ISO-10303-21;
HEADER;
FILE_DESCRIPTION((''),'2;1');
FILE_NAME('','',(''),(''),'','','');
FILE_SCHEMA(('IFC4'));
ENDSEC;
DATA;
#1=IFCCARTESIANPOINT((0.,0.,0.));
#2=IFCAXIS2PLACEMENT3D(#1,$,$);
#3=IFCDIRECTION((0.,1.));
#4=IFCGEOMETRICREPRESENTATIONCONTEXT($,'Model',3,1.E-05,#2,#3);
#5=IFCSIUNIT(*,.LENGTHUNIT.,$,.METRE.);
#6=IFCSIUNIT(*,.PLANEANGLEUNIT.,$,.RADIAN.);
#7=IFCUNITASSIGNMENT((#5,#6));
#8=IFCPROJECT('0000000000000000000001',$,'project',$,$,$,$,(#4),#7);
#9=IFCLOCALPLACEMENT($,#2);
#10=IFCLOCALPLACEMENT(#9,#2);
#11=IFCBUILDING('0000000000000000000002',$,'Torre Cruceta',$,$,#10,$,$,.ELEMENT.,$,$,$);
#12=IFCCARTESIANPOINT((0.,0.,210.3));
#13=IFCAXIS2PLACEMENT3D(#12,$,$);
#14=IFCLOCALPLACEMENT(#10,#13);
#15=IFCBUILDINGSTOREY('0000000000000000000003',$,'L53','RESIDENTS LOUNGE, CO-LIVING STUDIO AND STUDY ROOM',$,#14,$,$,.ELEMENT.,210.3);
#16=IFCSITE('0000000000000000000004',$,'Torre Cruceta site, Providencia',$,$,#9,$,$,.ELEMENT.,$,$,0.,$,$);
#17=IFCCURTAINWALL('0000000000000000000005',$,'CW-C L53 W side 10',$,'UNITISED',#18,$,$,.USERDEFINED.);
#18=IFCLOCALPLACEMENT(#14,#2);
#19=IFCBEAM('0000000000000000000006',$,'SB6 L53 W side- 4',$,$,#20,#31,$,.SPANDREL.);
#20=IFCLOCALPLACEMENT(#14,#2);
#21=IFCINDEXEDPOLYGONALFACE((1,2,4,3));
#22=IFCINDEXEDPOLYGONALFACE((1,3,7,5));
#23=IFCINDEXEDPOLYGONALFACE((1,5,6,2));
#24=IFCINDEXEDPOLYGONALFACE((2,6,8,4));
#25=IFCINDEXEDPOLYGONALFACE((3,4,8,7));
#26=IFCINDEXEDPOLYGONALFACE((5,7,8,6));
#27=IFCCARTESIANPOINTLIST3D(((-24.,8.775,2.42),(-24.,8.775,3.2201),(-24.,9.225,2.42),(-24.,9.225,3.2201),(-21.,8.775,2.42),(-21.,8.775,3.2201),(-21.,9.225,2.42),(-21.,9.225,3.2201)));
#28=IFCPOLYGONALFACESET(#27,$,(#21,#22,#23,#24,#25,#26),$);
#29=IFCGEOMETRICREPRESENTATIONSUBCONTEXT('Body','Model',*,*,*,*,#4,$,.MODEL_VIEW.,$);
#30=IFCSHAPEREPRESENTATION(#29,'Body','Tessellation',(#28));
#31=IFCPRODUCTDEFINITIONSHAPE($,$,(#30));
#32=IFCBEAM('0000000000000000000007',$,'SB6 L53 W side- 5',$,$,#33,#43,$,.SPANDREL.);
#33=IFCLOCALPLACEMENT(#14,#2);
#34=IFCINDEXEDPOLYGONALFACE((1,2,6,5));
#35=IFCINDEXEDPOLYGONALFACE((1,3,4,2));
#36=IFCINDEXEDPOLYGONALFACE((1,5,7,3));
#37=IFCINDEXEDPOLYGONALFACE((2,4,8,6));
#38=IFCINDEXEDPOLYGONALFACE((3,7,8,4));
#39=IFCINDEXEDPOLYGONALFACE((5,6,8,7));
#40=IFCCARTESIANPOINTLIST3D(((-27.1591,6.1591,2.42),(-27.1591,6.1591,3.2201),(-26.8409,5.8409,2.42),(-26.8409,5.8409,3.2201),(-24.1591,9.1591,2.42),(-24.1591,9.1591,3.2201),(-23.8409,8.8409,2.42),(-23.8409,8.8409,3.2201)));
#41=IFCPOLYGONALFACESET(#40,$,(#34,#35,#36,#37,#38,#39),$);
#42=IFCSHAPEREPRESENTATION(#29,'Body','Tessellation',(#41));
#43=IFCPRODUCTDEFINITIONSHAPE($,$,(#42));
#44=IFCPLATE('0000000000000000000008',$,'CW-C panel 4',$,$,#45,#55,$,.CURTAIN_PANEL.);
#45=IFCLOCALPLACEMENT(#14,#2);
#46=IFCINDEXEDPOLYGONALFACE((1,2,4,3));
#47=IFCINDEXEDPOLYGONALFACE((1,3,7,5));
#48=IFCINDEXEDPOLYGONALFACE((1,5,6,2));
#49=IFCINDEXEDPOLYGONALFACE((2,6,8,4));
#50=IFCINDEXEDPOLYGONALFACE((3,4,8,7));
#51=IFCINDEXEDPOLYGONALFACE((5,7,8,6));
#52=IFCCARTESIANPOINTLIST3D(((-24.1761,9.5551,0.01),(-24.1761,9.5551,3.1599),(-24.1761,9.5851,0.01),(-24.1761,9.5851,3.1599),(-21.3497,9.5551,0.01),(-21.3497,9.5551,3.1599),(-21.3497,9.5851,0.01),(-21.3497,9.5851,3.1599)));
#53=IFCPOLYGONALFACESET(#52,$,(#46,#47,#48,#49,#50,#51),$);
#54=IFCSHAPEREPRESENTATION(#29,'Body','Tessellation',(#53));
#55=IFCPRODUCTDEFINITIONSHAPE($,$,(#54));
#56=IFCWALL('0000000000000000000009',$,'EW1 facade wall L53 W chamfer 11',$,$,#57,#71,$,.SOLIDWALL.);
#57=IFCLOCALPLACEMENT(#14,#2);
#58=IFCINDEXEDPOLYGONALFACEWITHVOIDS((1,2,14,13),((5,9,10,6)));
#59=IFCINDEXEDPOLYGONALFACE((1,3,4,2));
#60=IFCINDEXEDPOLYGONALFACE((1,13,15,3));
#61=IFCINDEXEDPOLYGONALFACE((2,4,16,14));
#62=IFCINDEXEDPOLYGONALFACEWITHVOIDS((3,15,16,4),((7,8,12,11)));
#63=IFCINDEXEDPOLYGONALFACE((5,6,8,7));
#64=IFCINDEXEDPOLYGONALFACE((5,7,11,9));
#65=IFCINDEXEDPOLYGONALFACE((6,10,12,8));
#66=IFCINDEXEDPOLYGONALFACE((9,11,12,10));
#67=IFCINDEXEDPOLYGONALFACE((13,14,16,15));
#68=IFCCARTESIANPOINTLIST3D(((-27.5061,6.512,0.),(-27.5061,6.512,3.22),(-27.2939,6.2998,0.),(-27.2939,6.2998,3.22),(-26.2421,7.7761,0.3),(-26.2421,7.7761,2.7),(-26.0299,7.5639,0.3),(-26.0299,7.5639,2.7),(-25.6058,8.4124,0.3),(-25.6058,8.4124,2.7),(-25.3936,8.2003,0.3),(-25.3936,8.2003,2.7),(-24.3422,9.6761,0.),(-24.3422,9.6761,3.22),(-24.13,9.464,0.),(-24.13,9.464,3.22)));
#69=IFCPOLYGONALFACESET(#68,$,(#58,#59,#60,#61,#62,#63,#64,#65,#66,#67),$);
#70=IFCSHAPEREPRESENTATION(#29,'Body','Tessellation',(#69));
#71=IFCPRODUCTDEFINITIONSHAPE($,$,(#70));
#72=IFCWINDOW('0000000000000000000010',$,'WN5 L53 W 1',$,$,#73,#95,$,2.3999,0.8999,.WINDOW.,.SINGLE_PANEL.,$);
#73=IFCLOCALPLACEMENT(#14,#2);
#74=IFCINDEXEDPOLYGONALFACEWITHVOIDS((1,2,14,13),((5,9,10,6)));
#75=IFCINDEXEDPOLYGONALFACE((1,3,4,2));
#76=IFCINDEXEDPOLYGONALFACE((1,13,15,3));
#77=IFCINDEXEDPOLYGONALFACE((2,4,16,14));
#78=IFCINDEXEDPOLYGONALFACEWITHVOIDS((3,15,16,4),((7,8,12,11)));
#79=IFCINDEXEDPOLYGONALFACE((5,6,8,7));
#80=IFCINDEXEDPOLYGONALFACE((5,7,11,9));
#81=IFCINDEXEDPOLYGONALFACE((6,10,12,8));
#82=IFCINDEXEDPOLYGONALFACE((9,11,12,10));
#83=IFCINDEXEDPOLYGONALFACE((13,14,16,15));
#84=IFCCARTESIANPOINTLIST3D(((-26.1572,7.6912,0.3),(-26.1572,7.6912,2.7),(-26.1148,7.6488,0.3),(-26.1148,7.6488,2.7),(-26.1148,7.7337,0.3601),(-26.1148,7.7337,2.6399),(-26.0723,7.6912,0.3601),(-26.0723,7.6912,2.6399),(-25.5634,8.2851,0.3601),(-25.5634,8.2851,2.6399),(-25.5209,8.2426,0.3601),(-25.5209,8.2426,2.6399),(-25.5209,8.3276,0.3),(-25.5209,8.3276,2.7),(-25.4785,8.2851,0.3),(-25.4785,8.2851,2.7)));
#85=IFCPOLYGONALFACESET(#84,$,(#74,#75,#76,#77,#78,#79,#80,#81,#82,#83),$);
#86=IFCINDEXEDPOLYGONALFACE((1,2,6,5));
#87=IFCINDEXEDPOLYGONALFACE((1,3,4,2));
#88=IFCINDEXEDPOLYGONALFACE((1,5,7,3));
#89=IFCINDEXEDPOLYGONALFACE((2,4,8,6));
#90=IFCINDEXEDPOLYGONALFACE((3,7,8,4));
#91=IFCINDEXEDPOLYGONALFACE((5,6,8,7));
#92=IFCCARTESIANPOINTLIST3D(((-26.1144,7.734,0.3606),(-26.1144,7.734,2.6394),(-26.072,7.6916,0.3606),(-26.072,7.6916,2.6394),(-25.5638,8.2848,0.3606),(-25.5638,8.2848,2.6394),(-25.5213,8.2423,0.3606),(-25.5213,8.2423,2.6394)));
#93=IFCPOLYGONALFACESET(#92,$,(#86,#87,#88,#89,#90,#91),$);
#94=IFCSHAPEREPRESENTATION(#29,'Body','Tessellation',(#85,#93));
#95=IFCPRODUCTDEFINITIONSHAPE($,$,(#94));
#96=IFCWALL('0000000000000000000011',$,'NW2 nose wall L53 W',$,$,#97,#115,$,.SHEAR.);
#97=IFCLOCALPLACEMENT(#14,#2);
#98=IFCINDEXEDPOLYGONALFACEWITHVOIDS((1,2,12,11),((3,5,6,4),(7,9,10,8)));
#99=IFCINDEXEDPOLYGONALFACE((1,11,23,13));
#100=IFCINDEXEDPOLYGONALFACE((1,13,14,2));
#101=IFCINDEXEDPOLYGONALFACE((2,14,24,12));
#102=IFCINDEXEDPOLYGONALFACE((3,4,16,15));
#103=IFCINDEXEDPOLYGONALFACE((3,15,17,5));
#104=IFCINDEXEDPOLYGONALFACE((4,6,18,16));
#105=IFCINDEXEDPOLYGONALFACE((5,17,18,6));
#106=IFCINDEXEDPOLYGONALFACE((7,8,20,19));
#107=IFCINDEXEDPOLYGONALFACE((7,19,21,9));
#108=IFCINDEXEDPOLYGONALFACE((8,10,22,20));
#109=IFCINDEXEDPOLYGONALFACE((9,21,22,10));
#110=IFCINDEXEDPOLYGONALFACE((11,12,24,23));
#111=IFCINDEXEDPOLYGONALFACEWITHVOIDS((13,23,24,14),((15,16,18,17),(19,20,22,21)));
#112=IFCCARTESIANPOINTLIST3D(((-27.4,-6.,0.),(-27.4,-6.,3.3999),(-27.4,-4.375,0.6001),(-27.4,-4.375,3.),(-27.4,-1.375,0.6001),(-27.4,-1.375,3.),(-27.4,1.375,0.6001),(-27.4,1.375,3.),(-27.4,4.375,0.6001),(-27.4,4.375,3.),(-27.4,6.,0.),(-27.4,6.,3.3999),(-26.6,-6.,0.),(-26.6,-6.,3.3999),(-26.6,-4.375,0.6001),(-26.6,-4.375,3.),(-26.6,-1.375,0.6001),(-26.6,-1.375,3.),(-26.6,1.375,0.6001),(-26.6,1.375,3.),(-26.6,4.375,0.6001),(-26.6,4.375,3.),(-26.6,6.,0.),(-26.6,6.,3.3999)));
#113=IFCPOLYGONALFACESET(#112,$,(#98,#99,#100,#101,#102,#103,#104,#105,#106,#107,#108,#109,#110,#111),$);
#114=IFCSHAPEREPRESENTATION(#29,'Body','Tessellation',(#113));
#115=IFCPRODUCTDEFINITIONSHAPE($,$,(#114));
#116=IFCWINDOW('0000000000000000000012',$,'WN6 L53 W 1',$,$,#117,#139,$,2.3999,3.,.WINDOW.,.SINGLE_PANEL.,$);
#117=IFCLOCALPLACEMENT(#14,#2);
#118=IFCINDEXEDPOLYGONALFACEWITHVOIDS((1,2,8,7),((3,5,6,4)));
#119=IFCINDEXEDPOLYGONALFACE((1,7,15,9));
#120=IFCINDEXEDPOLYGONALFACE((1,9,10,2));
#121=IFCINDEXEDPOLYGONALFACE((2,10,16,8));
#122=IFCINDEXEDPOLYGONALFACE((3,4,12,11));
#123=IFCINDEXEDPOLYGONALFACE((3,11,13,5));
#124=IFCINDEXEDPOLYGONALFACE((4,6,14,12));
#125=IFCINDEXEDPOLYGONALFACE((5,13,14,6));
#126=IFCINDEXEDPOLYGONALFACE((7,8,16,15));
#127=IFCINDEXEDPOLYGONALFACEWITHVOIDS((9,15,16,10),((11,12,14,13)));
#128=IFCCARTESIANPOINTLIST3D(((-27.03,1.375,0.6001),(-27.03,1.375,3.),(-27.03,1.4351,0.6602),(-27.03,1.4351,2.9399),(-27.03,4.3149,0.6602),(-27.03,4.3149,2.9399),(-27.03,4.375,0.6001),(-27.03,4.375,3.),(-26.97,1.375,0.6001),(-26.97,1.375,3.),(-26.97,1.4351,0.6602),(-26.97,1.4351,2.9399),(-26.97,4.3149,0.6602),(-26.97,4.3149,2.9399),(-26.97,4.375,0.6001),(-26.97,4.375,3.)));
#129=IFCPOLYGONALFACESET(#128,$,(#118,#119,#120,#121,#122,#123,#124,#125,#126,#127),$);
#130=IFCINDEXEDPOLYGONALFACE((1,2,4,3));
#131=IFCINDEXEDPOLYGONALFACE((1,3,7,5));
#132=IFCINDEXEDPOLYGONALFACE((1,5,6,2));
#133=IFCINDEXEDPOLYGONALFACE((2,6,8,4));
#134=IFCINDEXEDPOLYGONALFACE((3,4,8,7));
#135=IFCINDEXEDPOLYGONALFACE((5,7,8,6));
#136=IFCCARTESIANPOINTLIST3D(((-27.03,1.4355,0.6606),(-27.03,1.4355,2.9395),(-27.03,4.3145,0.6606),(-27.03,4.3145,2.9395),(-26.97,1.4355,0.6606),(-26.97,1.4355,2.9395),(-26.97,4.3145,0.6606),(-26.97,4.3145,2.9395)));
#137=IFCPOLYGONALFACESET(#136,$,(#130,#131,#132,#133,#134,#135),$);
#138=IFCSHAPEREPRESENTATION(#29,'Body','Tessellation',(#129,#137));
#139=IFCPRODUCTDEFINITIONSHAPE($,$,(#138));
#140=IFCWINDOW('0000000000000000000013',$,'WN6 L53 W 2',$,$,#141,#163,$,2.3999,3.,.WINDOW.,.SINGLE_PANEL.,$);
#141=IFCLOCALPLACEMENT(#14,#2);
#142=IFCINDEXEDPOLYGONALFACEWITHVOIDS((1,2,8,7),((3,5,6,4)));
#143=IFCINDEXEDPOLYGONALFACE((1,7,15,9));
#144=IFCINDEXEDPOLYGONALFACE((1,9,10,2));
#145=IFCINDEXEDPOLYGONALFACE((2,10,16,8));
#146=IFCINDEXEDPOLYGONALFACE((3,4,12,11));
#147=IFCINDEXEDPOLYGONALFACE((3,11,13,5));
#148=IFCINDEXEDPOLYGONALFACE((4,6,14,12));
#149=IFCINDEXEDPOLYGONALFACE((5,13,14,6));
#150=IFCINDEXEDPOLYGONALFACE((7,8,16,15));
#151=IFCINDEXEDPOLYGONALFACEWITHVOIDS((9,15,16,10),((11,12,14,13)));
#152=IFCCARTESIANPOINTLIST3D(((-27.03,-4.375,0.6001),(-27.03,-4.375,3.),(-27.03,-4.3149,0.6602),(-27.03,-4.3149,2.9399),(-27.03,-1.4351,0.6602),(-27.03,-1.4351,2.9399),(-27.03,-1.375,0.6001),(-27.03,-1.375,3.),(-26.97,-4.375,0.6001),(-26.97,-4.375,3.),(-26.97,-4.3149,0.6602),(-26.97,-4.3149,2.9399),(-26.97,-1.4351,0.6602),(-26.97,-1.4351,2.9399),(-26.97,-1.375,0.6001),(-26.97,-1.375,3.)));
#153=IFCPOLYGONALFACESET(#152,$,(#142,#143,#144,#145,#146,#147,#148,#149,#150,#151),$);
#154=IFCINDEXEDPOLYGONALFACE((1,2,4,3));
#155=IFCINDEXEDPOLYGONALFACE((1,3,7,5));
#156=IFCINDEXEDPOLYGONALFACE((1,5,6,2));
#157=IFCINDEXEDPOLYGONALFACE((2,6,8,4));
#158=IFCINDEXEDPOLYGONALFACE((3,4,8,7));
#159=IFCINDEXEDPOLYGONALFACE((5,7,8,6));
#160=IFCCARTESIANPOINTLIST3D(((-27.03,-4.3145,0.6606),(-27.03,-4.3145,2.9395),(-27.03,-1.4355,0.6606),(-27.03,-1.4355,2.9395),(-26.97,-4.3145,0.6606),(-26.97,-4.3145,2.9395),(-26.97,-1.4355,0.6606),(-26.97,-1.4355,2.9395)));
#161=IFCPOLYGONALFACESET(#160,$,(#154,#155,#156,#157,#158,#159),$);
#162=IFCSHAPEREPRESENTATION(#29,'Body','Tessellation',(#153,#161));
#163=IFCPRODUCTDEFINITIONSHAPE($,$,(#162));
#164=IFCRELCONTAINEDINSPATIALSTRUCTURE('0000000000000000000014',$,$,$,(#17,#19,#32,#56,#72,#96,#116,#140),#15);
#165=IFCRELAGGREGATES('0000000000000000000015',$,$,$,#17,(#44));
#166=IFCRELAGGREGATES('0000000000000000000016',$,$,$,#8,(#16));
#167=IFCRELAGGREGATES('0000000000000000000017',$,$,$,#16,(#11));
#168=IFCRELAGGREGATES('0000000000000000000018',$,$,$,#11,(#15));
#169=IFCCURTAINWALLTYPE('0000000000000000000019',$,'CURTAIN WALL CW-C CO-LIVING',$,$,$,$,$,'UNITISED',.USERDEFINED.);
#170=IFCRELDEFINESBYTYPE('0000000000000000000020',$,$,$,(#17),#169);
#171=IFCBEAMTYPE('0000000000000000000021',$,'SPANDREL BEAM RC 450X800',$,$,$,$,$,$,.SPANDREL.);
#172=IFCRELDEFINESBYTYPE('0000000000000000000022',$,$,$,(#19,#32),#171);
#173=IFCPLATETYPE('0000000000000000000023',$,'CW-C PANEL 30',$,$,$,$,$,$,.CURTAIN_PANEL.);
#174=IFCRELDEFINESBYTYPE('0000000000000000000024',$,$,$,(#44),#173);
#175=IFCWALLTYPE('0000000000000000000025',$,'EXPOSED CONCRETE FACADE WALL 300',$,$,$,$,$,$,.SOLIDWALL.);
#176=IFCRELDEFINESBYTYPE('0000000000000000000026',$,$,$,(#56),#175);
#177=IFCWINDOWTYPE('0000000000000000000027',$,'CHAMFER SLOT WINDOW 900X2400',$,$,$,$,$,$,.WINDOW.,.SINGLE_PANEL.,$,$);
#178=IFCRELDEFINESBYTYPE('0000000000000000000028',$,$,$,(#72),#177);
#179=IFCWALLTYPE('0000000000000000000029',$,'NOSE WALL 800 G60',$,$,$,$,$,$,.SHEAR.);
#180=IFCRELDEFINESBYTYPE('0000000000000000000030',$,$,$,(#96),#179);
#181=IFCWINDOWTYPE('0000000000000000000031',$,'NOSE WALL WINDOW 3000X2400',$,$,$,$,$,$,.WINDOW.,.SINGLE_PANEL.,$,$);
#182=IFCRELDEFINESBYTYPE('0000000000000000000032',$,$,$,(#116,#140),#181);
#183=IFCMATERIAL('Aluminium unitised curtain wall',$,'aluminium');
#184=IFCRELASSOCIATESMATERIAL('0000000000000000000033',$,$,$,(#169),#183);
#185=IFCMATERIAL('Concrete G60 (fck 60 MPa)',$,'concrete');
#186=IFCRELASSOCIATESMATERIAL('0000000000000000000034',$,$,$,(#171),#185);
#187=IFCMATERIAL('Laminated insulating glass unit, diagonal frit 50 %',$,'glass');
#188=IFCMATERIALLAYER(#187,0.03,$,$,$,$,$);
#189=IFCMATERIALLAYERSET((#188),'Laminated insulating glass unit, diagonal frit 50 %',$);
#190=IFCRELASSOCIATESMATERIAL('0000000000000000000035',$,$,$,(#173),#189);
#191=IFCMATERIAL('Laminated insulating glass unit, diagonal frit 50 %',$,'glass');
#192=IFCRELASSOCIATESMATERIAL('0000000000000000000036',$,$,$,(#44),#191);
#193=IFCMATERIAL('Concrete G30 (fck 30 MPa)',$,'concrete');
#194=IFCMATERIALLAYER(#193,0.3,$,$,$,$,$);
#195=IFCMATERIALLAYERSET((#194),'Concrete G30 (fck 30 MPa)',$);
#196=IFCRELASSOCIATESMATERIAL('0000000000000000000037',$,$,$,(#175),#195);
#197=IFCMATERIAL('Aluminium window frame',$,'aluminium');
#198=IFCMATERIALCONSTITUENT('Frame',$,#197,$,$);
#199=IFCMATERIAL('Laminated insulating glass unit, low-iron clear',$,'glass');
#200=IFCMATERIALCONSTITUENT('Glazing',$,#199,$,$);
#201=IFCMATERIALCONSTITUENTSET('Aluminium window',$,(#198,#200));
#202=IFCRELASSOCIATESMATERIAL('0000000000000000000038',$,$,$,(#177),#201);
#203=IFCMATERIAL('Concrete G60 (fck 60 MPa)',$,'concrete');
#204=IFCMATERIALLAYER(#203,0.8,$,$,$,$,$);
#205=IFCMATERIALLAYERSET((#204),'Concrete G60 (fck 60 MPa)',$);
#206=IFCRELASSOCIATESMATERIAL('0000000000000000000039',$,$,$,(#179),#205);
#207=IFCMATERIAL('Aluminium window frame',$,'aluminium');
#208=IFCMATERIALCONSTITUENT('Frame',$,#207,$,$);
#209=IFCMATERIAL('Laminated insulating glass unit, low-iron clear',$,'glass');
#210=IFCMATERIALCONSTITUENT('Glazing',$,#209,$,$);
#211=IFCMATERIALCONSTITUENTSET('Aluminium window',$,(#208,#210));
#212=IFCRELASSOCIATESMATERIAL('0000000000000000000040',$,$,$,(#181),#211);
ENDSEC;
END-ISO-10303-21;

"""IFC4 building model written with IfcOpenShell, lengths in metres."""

from ifc_helpers import new_model, si_unit, direction, frame, frame_2d, origin, origin_2d, place, context, subcontext, project, spatial, rectangle, hollow_rectangle, extrude, material, layer, layer_set, constituent, constituent_set, material_profile, profile_set, type_object, element, fill, aggregate, save


model = new_model("IFC4")

# Units and contexts
model_context = context("Model", 3, precision=1e-05, world=origin(), true_north=direction((0.0, 1.0)))
body_context = subcontext(model_context, "Body", "Model", "MODEL_VIEW")
ifc_project = project(units=[si_unit("LENGTHUNIT", "METRE"), si_unit("PLANEANGLEUNIT", "RADIAN")], contexts=[model_context])

# Site, building, storey
site_placement = place(None, origin())
site = spatial("IfcSite", under=ifc_project, at=site_placement, Name="Torre Cruceta site, Providencia", CompositionType="ELEMENT", RefElevation=0.0)
building_placement = place(site_placement, origin())
building = spatial("IfcBuilding", under=site, at=building_placement, Name="Torre Cruceta", CompositionType="ELEMENT")
storey_placement = place(building_placement, frame((0.0, 0.0, 210.3)))
storey = spatial("IfcBuildingStorey", under=building, at=storey_placement, Name="L53", Description="RESIDENTS LOUNGE, CO-LIVING STUDIO AND STUDY ROOM", CompositionType="ELEMENT", Elevation=210.3)

# Curtain wall
ifc_material_1 = material(Name="Aluminium unitised curtain wall", Category="aluminium")
curtain_wall_type = type_object("IfcCurtainWallType", Name="CURTAIN WALL CW-C CO-LIVING", ElementType="UNITISED", PredefinedType="USERDEFINED", material=ifc_material_1)
curtain_wall_placement = place(storey_placement, origin())
curtain_wall = element("IfcCurtainWall", 1, at=curtain_wall_placement, inside=storey, type_object=curtain_wall_type, Name="CW-C L53 W side 10", ObjectType="UNITISED", PredefinedType="USERDEFINED")

# Beams
ifc_material_2 = material(Name="Concrete G60 (fck 60 MPa)", Category="concrete")
ifc_material_profile_1 = material_profile(ifc_material_2, rectangle(XDim=0.45, YDim=0.8, at=origin_2d()), Name="RC 450X800")
ifc_profile_set_1 = profile_set([ifc_material_profile_1], Name="Concrete G60 (fck 60 MPa)")
beam_type_1 = type_object("IfcBeamType", Name="SPANDREL BEAM RC 450X800", PredefinedType="SPANDREL", material=ifc_profile_set_1)
beam_1_placement = place(storey_placement, frame((-21.0, 9.0, 2.8201), z_axis=(-1.0, 0.0, 0.0), x_axis=(0.0, -1.0, 0.0)))
element("IfcBeam", 2, at=beam_1_placement, inside=storey, type_object=beam_type_1, Name="SB6 L53 W side- 4", PredefinedType="SPANDREL", context=body_context, shape_type="SweptSolid", body=[
    extrude(rectangle(XDim=0.45, YDim=0.8, at=origin_2d()), origin(), (0.0, 0.0, 1.0), 3.0),
])
beam_2_placement = place(storey_placement, frame((-24.0, 9.0, 2.8201), z_axis=(-0.707107, -0.707107, 0.0), x_axis=(0.707107, -0.707107, 0.0)))
element("IfcBeam", 3, at=beam_2_placement, inside=storey, type_object=beam_type_1, Name="SB6 L53 W side- 5", PredefinedType="SPANDREL", context=body_context, shape_type="SweptSolid", body=[
    extrude(rectangle(XDim=0.45, YDim=0.8, at=origin_2d()), origin(), (0.0, 0.0, 1.0), 4.2427),
])

# Plate
ifc_material_3 = material(Name="Laminated insulating glass unit, diagonal frit 50 %", Category="glass")
ifc_material_4 = material(Name="Laminated insulating glass unit, diagonal frit 50 %", Category="glass")
ifc_layer_1 = layer(ifc_material_4, 0.03)
ifc_layer_set_1 = layer_set([ifc_layer_1], Name="Laminated insulating glass unit, diagonal frit 50 %")
plate_type = type_object("IfcPlateType", Name="CW-C PANEL 30", PredefinedType="CURTAIN_PANEL", material=ifc_layer_set_1)
plate_placement = place(storey_placement, frame((-22.7629, 9.5701, 0.01), z_axis=(0.0, 0.0, 1.0), x_axis=(-1.0, 0.0, 0.0)))
plate = element("IfcPlate", 4, at=plate_placement, type_object=plate_type, material=ifc_material_3, Name="CW-C panel 4", PredefinedType="CURTAIN_PANEL", context=body_context, shape_type="SweptSolid", body=[
    extrude(rectangle(XDim=2.8264, YDim=0.03, at=origin_2d()), origin(), (0.0, 0.0, 1.0), 3.1499),
])
aggregate(curtain_wall, [plate])

# Wall, opening, window
ifc_material_5 = material(Name="Concrete G30 (fck 30 MPa)", Category="concrete")
ifc_layer_2 = layer(ifc_material_5, 0.3)
ifc_layer_set_2 = layer_set([ifc_layer_2], Name="Concrete G30 (fck 30 MPa)")
wall_type_1 = type_object("IfcWallType", Name="EXPOSED CONCRETE FACADE WALL 300", PredefinedType="SOLIDWALL", material=ifc_layer_set_2)
wall_1_placement = place(storey_placement, frame((-24.2361, 9.5701, 0.0), z_axis=(0.0, 0.0, 1.0), x_axis=(-0.707079, -0.707134, 0.0)))
wall_1 = element("IfcWall", 5, at=wall_1_placement, inside=storey, type_object=wall_type_1, Name="EW1 facade wall L53 W chamfer 11", PredefinedType="SOLIDWALL", context=body_context, shape_type="SweptSolid", body=[
    extrude(rectangle(XDim=4.4746, YDim=0.3, at=frame_2d((2.2373, 0.0))), origin(), (0.0, 0.0, 1.0), 3.22),
])
opening_1_placement = place(wall_1_placement, frame((1.7871, 0.0, 0.3)))
opening_1 = element("IfcOpeningElement", 6, at=opening_1_placement, cuts=wall_1, PredefinedType="OPENING", context=body_context, shape_type="SweptSolid", body=[
    extrude(rectangle(XDim=0.8999, YDim=2.3999, at=frame_2d((0.45, 1.2))), frame((0.0, 0.1599, 0.0), z_axis=(0.0, -1.0, 0.0), x_axis=(1.0, 0.0, 0.0)), (0.0, 0.0, 1.0), 0.3201),
])
ifc_material_6 = material(Name="Aluminium window frame", Category="aluminium")
ifc_constituent_1 = constituent(ifc_material_6, Name="Frame")
ifc_material_7 = material(Name="Laminated insulating glass unit, low-iron clear", Category="glass")
ifc_constituent_2 = constituent(ifc_material_7, Name="Glazing")
ifc_constituent_set_1 = constituent_set(constituents=[ifc_constituent_1, ifc_constituent_2], Name="Aluminium window")
window_type_1 = type_object("IfcWindowType", Name="CHAMFER SLOT WINDOW 900X2400", PartitioningType="SINGLE_PANEL", PredefinedType="WINDOW", material=ifc_constituent_set_1)
window_1_placement = place(opening_1_placement, origin())
window_1 = element("IfcWindow", 7, at=window_1_placement, inside=storey, type_object=window_type_1, Name="WN5 L53 W 1", OverallHeight=2.3999, OverallWidth=0.8999, PartitioningType="SINGLE_PANEL", PredefinedType="WINDOW", context=body_context, shape_type="SweptSolid", body=[
    extrude(hollow_rectangle(XDim=0.8999, YDim=2.3999, WallThickness=0.0601, at=frame_2d((0.45, 1.2))), frame((0.0, 0.03, 0.0), z_axis=(0.0, -1.0, 0.0), x_axis=(1.0, 0.0, 0.0)), (0.0, 0.0, 1.0), 0.0601),
    extrude(rectangle(XDim=0.7788, YDim=2.2788, at=frame_2d((0.45, 1.2))), frame((0.0, 0.03, 0.0), z_axis=(0.0, -1.0, 0.0), x_axis=(1.0, 0.0, 0.0)), (0.0, 0.0, 1.0), 0.0601),
])
fill(opening_1, window_1)

# Wall, openings, windows
ifc_material_8 = material(Name="Concrete G60 (fck 60 MPa)", Category="concrete")
ifc_layer_3 = layer(ifc_material_8, 0.8)
ifc_layer_set_3 = layer_set([ifc_layer_3], Name="Concrete G60 (fck 60 MPa)")
wall_type_2 = type_object("IfcWallType", Name="NOSE WALL 800 G60", PredefinedType="SHEAR", material=ifc_layer_set_3)
wall_2_placement = place(storey_placement, frame((-27.0, 6.0, 0.0), z_axis=(0.0, 0.0, 1.0), x_axis=(0.0, -1.0, 0.0)))
wall_2 = element("IfcWall", 8, at=wall_2_placement, inside=storey, type_object=wall_type_2, Name="NW2 nose wall L53 W", PredefinedType="SHEAR", context=body_context, shape_type="SweptSolid", body=[
    extrude(rectangle(XDim=12.0, YDim=0.8, at=frame_2d((6.0, 0.0))), origin(), (0.0, 0.0, 1.0), 3.3999),
])
opening_2_placement = place(wall_2_placement, frame((1.625, 0.0, 0.6001)))
opening_2 = element("IfcOpeningElement", 9, at=opening_2_placement, cuts=wall_2, PredefinedType="OPENING", context=body_context, shape_type="SweptSolid", body=[
    extrude(rectangle(XDim=3.0, YDim=2.3999, at=frame_2d((1.5, 1.2))), frame((0.0, 0.4099, 0.0), z_axis=(0.0, -1.0, 0.0), x_axis=(1.0, 0.0, 0.0)), (0.0, 0.0, 1.0), 0.8201),
])
opening_3_placement = place(wall_2_placement, frame((7.375, 0.0, 0.6001)))
opening_3 = element("IfcOpeningElement", 10, at=opening_3_placement, cuts=wall_2, PredefinedType="OPENING", context=body_context, shape_type="SweptSolid", body=[
    extrude(rectangle(XDim=3.0, YDim=2.3999, at=frame_2d((1.5, 1.2))), frame((0.0, 0.4099, 0.0), z_axis=(0.0, -1.0, 0.0), x_axis=(1.0, 0.0, 0.0)), (0.0, 0.0, 1.0), 0.8201),
])
ifc_material_9 = material(Name="Aluminium window frame", Category="aluminium")
ifc_constituent_3 = constituent(ifc_material_9, Name="Frame")
ifc_material_10 = material(Name="Laminated insulating glass unit, low-iron clear", Category="glass")
ifc_constituent_4 = constituent(ifc_material_10, Name="Glazing")
ifc_constituent_set_2 = constituent_set(constituents=[ifc_constituent_3, ifc_constituent_4], Name="Aluminium window")
window_type_2 = type_object("IfcWindowType", Name="NOSE WALL WINDOW 3000X2400", PartitioningType="SINGLE_PANEL", PredefinedType="WINDOW", material=ifc_constituent_set_2)
window_2_placement = place(opening_2_placement, origin())
window_2 = element("IfcWindow", 11, at=window_2_placement, inside=storey, type_object=window_type_2, Name="WN6 L53 W 1", OverallHeight=2.3999, OverallWidth=3.0, PartitioningType="SINGLE_PANEL", PredefinedType="WINDOW", context=body_context, shape_type="SweptSolid", body=[
    extrude(hollow_rectangle(XDim=3.0, YDim=2.3999, WallThickness=0.0601, at=frame_2d((1.5, 1.2))), frame((0.0, 0.03, 0.0), z_axis=(0.0, -1.0, 0.0), x_axis=(1.0, 0.0, 0.0)), (0.0, 0.0, 1.0), 0.0601),
    extrude(rectangle(XDim=2.8789, YDim=2.2788, at=frame_2d((1.5, 1.2))), frame((0.0, 0.03, 0.0), z_axis=(0.0, -1.0, 0.0), x_axis=(1.0, 0.0, 0.0)), (0.0, 0.0, 1.0), 0.0601),
])
fill(opening_2, window_2)
window_3_placement = place(opening_3_placement, origin())
window_3 = element("IfcWindow", 12, at=window_3_placement, inside=storey, type_object=window_type_2, Name="WN6 L53 W 2", OverallHeight=2.3999, OverallWidth=3.0, PartitioningType="SINGLE_PANEL", PredefinedType="WINDOW", context=body_context, shape_type="SweptSolid", body=[
    extrude(hollow_rectangle(XDim=3.0, YDim=2.3999, WallThickness=0.0601, at=frame_2d((1.5, 1.2))), frame((0.0, 0.03, 0.0), z_axis=(0.0, -1.0, 0.0), x_axis=(1.0, 0.0, 0.0)), (0.0, 0.0, 1.0), 0.0601),
    extrude(rectangle(XDim=2.8789, YDim=2.2788, at=frame_2d((1.5, 1.2))), frame((0.0, 0.03, 0.0), z_axis=(0.0, -1.0, 0.0), x_axis=(1.0, 0.0, 0.0)), (0.0, 0.0, 1.0), 0.0601),
])
fill(opening_3, window_3)

save(model, "model.ifc")
